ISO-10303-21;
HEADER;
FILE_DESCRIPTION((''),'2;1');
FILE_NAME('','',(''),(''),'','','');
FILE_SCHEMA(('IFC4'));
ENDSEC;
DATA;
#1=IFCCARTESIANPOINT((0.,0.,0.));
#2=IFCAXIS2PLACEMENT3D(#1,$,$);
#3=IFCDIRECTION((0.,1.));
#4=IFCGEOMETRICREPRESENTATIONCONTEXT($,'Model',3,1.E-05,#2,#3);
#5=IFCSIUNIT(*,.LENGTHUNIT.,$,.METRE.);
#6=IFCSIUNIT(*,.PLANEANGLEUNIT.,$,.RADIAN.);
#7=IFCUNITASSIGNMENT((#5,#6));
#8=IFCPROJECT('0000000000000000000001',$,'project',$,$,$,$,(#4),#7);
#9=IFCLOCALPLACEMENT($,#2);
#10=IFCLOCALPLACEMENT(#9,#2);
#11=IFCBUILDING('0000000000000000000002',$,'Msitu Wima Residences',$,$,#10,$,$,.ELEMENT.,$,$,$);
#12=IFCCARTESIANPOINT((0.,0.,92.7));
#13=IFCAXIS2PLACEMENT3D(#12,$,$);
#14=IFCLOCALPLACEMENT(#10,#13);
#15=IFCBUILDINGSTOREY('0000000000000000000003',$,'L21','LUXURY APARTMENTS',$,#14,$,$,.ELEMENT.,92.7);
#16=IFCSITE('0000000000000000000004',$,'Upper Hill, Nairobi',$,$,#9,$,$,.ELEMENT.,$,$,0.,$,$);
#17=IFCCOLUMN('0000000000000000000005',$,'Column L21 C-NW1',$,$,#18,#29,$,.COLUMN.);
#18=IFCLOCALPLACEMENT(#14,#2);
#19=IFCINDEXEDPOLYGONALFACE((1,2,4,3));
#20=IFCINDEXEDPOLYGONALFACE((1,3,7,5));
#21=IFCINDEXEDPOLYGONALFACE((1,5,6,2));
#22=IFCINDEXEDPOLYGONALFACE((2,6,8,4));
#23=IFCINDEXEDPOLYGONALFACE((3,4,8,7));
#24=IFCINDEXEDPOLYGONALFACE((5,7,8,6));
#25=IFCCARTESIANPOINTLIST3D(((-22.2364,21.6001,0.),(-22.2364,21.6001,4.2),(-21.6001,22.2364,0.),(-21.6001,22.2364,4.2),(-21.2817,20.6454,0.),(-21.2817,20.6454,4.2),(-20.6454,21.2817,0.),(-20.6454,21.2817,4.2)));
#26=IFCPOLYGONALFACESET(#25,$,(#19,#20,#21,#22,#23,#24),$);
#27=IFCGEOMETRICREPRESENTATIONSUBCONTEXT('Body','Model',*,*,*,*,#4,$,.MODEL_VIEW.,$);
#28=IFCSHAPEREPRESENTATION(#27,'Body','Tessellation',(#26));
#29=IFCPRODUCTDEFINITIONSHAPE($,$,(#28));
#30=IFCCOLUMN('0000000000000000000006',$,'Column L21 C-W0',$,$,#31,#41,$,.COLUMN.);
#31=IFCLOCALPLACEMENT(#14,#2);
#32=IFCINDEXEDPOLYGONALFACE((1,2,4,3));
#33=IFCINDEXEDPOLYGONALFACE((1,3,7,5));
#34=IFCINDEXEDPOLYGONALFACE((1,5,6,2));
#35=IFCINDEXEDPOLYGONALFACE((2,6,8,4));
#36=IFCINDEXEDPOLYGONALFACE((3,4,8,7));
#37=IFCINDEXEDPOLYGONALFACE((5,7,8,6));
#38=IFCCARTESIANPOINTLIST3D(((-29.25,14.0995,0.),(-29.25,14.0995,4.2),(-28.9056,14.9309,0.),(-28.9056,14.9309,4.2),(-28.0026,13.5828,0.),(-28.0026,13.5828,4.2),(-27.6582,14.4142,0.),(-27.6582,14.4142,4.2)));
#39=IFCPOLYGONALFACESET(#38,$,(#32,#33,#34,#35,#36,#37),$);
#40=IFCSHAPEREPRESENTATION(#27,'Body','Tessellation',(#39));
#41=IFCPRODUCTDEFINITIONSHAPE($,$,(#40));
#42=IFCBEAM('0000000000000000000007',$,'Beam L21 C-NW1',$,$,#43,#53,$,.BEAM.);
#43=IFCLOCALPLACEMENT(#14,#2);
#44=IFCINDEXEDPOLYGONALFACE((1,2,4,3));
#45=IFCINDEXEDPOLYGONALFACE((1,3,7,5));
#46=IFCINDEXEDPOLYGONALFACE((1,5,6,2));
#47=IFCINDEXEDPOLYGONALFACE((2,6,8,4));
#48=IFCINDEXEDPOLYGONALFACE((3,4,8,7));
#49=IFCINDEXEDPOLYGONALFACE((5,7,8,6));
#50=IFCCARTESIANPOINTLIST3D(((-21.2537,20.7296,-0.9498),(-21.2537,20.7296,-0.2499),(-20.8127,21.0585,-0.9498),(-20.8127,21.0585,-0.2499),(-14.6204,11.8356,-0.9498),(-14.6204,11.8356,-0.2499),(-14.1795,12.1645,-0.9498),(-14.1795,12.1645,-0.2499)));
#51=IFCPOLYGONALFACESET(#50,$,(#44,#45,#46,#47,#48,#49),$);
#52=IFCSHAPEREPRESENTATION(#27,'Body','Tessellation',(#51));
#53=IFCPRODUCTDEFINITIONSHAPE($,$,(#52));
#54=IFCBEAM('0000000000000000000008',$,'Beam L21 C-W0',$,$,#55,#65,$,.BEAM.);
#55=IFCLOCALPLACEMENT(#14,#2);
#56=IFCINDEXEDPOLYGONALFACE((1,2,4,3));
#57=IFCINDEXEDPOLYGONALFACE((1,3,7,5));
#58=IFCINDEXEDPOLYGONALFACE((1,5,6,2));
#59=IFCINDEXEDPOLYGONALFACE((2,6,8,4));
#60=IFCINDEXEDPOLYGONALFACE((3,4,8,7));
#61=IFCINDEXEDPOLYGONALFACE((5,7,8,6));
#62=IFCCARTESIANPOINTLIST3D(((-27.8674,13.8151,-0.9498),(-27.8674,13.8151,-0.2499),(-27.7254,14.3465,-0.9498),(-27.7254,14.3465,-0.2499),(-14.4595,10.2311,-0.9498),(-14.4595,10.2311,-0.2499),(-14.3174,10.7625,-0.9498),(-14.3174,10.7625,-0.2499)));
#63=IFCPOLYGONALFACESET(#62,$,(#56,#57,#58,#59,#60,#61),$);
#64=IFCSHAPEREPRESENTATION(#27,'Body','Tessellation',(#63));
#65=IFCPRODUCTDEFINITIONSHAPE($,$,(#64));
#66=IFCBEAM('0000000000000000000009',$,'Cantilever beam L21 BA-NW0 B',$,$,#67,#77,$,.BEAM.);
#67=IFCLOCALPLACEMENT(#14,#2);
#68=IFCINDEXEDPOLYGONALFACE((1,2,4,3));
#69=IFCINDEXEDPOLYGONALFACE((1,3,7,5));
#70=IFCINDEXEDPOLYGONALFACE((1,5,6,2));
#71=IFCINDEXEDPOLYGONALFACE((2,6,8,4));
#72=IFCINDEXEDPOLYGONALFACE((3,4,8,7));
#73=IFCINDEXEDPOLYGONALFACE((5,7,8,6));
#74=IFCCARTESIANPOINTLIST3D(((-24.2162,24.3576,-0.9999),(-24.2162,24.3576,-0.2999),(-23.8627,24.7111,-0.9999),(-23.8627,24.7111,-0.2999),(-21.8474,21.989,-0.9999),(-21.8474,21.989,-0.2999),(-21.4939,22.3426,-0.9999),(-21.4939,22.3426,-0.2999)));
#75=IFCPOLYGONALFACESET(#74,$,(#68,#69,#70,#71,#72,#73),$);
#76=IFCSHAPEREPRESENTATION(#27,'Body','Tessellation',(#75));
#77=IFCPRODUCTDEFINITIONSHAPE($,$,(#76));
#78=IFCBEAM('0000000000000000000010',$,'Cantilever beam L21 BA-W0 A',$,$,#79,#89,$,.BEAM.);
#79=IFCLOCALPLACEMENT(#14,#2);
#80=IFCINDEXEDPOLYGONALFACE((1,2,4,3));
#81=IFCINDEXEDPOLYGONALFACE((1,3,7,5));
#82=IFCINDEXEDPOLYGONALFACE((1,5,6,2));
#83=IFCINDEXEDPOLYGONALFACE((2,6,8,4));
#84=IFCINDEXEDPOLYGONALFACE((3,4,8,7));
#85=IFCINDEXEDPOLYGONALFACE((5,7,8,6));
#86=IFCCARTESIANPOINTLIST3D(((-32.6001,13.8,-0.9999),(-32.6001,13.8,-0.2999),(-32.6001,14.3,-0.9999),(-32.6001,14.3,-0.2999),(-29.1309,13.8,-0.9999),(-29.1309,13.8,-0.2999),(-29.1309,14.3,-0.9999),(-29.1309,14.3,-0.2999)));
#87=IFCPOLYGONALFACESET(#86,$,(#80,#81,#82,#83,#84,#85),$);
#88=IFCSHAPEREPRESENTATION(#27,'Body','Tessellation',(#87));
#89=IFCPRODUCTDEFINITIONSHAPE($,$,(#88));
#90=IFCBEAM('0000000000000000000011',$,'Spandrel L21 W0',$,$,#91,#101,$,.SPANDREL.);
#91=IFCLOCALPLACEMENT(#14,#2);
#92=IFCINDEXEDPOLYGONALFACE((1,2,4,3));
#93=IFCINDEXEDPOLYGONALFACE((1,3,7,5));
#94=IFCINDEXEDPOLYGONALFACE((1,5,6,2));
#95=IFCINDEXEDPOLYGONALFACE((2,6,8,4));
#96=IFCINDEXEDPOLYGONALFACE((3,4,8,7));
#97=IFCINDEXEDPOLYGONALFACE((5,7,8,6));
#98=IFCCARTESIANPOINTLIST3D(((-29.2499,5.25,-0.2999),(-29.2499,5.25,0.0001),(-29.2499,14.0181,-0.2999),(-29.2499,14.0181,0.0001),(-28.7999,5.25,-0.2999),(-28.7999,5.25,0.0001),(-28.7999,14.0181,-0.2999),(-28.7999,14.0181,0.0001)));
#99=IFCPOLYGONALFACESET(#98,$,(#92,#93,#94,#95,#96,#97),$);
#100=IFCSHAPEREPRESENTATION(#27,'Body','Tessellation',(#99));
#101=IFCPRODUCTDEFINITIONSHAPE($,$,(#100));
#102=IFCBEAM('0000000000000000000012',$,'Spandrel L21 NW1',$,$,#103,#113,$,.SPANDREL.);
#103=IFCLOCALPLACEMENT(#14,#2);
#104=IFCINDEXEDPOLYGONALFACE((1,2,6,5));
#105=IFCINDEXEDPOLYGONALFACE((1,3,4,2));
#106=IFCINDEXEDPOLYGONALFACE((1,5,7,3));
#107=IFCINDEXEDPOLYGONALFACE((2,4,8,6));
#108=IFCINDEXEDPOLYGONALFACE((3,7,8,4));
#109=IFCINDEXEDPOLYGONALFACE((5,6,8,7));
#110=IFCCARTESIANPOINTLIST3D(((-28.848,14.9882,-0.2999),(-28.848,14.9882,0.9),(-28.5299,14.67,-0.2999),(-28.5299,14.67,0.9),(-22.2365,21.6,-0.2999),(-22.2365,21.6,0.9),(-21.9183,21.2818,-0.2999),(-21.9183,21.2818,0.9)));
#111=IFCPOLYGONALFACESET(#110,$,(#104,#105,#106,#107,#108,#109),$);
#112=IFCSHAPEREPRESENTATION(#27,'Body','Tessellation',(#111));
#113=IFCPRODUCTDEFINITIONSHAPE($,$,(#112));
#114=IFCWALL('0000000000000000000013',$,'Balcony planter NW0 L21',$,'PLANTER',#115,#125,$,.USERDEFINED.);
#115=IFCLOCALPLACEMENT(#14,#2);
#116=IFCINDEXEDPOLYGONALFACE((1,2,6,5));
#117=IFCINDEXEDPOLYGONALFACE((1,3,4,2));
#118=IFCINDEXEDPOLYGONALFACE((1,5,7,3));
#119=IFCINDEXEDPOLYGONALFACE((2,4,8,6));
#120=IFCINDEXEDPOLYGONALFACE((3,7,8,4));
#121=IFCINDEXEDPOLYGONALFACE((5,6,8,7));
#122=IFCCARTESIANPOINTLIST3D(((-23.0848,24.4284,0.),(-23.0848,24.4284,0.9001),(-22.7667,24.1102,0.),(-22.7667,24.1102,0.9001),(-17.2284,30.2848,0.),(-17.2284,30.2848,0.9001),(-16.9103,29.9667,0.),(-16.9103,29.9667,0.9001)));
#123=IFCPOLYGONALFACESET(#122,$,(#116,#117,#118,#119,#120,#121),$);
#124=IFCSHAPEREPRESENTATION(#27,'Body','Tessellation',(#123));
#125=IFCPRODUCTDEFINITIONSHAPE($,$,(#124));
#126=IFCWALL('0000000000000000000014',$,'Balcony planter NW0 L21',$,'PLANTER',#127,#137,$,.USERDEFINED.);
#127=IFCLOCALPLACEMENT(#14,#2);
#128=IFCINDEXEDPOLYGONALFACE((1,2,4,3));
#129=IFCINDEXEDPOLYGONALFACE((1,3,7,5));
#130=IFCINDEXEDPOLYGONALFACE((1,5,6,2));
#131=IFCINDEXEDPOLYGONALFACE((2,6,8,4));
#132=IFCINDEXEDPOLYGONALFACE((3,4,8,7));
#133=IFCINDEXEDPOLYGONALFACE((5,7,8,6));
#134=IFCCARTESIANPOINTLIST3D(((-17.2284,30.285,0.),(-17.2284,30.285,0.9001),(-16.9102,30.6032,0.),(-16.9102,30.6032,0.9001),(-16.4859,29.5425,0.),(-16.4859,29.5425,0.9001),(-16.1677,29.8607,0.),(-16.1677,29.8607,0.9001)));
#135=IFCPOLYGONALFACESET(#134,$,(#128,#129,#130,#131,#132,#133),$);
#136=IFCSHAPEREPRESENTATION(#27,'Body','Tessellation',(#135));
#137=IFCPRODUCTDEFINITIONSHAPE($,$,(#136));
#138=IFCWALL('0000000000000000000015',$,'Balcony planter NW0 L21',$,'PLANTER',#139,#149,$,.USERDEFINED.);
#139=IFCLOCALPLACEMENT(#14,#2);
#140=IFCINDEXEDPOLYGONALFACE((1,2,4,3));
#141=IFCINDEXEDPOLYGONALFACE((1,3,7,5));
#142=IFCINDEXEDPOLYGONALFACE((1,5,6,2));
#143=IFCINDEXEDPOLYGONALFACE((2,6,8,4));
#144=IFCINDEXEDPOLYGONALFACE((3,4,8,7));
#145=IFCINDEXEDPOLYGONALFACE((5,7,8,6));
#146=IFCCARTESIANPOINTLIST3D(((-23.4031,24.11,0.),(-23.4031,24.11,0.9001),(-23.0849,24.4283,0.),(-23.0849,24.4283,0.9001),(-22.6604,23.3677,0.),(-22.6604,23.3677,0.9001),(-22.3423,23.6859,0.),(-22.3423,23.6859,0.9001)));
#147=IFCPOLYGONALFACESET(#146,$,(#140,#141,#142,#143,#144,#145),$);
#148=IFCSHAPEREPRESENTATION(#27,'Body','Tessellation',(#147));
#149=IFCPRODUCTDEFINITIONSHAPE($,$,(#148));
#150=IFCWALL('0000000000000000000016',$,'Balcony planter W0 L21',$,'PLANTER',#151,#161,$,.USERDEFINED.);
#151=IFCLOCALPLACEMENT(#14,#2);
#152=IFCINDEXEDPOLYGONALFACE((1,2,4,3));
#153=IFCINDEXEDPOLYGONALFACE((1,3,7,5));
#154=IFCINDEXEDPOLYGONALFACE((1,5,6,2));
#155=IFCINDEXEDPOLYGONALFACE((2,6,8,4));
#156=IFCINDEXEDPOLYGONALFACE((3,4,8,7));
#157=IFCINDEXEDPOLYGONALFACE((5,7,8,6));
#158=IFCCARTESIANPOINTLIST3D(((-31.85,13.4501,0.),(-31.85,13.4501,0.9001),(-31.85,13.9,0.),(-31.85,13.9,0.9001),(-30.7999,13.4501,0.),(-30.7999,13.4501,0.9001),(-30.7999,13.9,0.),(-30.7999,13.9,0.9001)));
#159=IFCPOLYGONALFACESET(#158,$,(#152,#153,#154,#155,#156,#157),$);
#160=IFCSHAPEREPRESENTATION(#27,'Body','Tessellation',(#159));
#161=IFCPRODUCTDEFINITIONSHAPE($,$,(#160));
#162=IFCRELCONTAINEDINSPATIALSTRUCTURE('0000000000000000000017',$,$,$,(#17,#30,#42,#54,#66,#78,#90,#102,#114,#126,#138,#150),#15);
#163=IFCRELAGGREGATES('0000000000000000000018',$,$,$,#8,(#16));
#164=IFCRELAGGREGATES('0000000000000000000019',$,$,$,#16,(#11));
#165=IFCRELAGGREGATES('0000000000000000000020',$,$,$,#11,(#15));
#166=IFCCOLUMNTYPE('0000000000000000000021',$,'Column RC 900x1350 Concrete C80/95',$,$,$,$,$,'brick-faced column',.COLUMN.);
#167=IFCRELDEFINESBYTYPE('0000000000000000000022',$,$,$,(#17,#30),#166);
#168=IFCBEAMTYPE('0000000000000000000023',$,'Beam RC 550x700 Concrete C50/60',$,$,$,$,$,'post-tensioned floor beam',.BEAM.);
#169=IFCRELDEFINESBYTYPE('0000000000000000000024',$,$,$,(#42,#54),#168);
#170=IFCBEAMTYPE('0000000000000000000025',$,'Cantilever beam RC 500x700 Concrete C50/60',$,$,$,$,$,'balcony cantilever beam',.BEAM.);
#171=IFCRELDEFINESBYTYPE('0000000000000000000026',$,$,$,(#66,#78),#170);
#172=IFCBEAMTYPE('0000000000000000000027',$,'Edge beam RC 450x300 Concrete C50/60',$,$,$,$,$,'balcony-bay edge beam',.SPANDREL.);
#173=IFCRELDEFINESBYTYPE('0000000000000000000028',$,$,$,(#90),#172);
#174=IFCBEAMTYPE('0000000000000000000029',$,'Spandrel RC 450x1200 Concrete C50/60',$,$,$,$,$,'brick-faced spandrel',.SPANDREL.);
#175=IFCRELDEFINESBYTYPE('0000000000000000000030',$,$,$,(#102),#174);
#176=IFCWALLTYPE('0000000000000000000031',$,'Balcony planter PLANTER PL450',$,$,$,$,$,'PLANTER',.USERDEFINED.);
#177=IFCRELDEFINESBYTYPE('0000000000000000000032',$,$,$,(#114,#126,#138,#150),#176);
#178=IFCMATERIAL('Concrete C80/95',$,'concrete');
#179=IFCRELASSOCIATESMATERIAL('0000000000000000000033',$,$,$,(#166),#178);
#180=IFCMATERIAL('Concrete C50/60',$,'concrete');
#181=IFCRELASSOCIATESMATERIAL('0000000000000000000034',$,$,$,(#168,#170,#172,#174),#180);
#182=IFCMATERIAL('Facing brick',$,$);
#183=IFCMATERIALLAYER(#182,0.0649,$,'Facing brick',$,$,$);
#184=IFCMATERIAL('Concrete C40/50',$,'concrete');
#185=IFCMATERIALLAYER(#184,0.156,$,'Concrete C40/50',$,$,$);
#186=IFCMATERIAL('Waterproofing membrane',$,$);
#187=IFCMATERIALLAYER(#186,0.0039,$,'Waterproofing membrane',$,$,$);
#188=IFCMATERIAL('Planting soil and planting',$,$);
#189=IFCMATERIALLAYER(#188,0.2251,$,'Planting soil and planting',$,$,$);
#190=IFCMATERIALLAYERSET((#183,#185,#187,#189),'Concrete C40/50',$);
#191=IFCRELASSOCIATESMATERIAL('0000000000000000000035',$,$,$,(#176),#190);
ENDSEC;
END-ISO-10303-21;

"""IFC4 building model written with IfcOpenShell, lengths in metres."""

from ifc_helpers import new_model, si_unit, direction, frame, frame_2d, origin, origin_2d, place, context, subcontext, project, spatial, rectangle, extrude, material, layer, layer_set, material_profile, profile_set, type_object, element, save


model = new_model("IFC4")

# Units and contexts
model_context = context("Model", 3, precision=1e-05, world=origin(), true_north=direction((0.0, 1.0)))
body_context = subcontext(model_context, "Body", "Model", "MODEL_VIEW")
ifc_project = project(units=[si_unit("LENGTHUNIT", "METRE"), si_unit("PLANEANGLEUNIT", "RADIAN")], contexts=[model_context])

# Site, building, storey
site_placement = place(None, origin())
site = spatial("IfcSite", under=ifc_project, at=site_placement, Name="Upper Hill, Nairobi", CompositionType="ELEMENT", RefElevation=0.0)
building_placement = place(site_placement, origin())
building = spatial("IfcBuilding", under=site, at=building_placement, Name="Msitu Wima Residences", CompositionType="ELEMENT")
storey_placement = place(building_placement, frame((0.0, 0.0, 92.7)))
storey = spatial("IfcBuildingStorey", under=building, at=storey_placement, Name="L21", Description="LUXURY APARTMENTS", CompositionType="ELEMENT", Elevation=92.7)

# Columns
ifc_material_1 = material(Name="Concrete C80/95", Category="concrete")
ifc_material_profile_1 = material_profile(ifc_material_1, rectangle(XDim=0.8999, YDim=1.3501, at=origin_2d()), Name="RC 900x1350")
ifc_profile_set_1 = profile_set([ifc_material_profile_1], Name="Concrete C80/95")
column_type = type_object("IfcColumnType", Name="Column RC 900x1350 Concrete C80/95", ElementType="brick-faced column", PredefinedType="COLUMN", material=ifc_profile_set_1)
for number, where, z_axis, x_axis, name in (
    (1, (-21.4409, 21.4409, 0.0), (0.0, 0.0, 1.0), (-0.707107, -0.707107, 0.0), "Column L21 C-NW1"),
    (2, (-28.4541, 14.2568, 0.0), (0.0, 0.0, 1.0), (-0.382683, -0.92388, 0.0), "Column L21 C-W0"),
):
    element("IfcColumn", number, at=place(storey_placement, frame(where, z_axis=z_axis, x_axis=x_axis)), inside=storey, type_object=column_type, Name=name, PredefinedType="COLUMN", context=body_context, shape_type="SweptSolid", body=[
        extrude(rectangle(XDim=0.8999, YDim=1.3501, at=origin_2d()), origin(), (0.0, 0.0, 1.0), 4.2),
    ])

# Beams
ifc_material_2 = material(Name="Concrete C50/60", Category="concrete")
ifc_material_profile_2 = material_profile(ifc_material_2, rectangle(XDim=0.55, YDim=0.7, at=origin_2d()), Name="RC 550x700")
ifc_profile_set_2 = profile_set([ifc_material_profile_2], Name="Concrete C50/60")
beam_type_1 = type_object("IfcBeamType", Name="Beam RC 550x700 Concrete C50/60", ElementType="post-tensioned floor beam", PredefinedType="BEAM", material=ifc_profile_set_2)
beam_1_placement = place(storey_placement, frame((-21.0332, 20.894, -0.5999), z_axis=(0.59785, -0.801608, 0.0), x_axis=(0.801608, 0.59785, 0.0)))
element("IfcBeam", 3, at=beam_1_placement, inside=storey, type_object=beam_type_1, Name="Beam L21 C-NW1", PredefinedType="BEAM", context=body_context, shape_type="SweptSolid", body=[
    extrude(rectangle(XDim=0.55, YDim=0.7, at=origin_2d()), origin(), (0.0, 0.0, 1.0), 11.0952),
])
beam_2_placement = place(storey_placement, frame((-27.7964, 14.0808, -0.5999), z_axis=(0.966082, -0.258236, 0.0), x_axis=(0.258236, 0.966082, 0.0)))
element("IfcBeam", 4, at=beam_2_placement, inside=storey, type_object=beam_type_1, Name="Beam L21 C-W0", PredefinedType="BEAM", context=body_context, shape_type="SweptSolid", body=[
    extrude(rectangle(XDim=0.55, YDim=0.7, at=origin_2d()), origin(), (0.0, 0.0, 1.0), 13.8787),
])
ifc_material_profile_3 = material_profile(ifc_material_2, rectangle(XDim=0.5, YDim=0.7, at=origin_2d()), Name="RC 500x700")
ifc_profile_set_3 = profile_set([ifc_material_profile_3], Name="Concrete C50/60")
beam_type_2 = type_object("IfcBeamType", Name="Cantilever beam RC 500x700 Concrete C50/60", ElementType="balcony cantilever beam", PredefinedType="BEAM", material=ifc_profile_set_3)
beam_3_placement = place(storey_placement, frame((-21.6707, 22.1658, -0.6499), z_axis=(-0.707143, 0.70707, 0.0), x_axis=(-0.70707, -0.707143, 0.0)))
element("IfcBeam", 5, at=beam_3_placement, inside=storey, type_object=beam_type_2, Name="Cantilever beam L21 BA-NW0 B", PredefinedType="BEAM", context=body_context, shape_type="SweptSolid", body=[
    extrude(rectangle(XDim=0.5, YDim=0.7, at=origin_2d()), origin(), (0.0, 0.0, 1.0), 3.3499),
])
beam_4_placement = place(storey_placement, frame((-29.1309, 14.05, -0.6499), z_axis=(-1.0, 0.0, 0.0), x_axis=(0.0, -1.0, 0.0)))
element("IfcBeam", 6, at=beam_4_placement, inside=storey, type_object=beam_type_2, Name="Cantilever beam L21 BA-W0 A", PredefinedType="BEAM", context=body_context, shape_type="SweptSolid", body=[
    extrude(rectangle(XDim=0.5, YDim=0.7, at=origin_2d()), origin(), (0.0, 0.0, 1.0), 3.4692),
])
ifc_material_profile_4 = material_profile(ifc_material_2, rectangle(XDim=0.45, YDim=0.3, at=origin_2d()), Name="RC 450x300")
ifc_profile_set_4 = profile_set([ifc_material_profile_4], Name="Concrete C50/60")
beam_type_3 = type_object("IfcBeamType", Name="Edge beam RC 450x300 Concrete C50/60", ElementType="balcony-bay edge beam", PredefinedType="SPANDREL", material=ifc_profile_set_4)
beam_5_placement = place(storey_placement, frame((-29.0249, 14.0181, -0.1499), z_axis=(0.0, -1.0, 0.0), x_axis=(1.0, 0.0, 0.0)))
element("IfcBeam", 7, at=beam_5_placement, inside=storey, type_object=beam_type_3, Name="Spandrel L21 W0", PredefinedType="SPANDREL", context=body_context, shape_type="SweptSolid", body=[
    extrude(rectangle(XDim=0.45, YDim=0.3, at=origin_2d()), origin(), (0.0, 0.0, 1.0), 8.7681),
])
ifc_material_profile_5 = material_profile(ifc_material_2, rectangle(XDim=0.45, YDim=1.2, at=origin_2d()), Name="RC 450x1200")
ifc_profile_set_5 = profile_set([ifc_material_profile_5], Name="Concrete C50/60")
beam_type_4 = type_object("IfcBeamType", Name="Spandrel RC 450x1200 Concrete C50/60", ElementType="brick-faced spandrel", PredefinedType="SPANDREL", material=ifc_profile_set_5)
beam_6_placement = place(storey_placement, frame((-22.0774, 21.4409, 0.3), z_axis=(-0.707094, -0.70712, 0.0), x_axis=(0.70712, -0.707094, 0.0)))
element("IfcBeam", 8, at=beam_6_placement, inside=storey, type_object=beam_type_4, Name="Spandrel L21 NW1", PredefinedType="SPANDREL", context=body_context, shape_type="SweptSolid", body=[
    extrude(rectangle(XDim=0.45, YDim=1.2, at=origin_2d()), origin(), (0.0, 0.0, 1.0), 9.3503),
])

# Walls
ifc_material_3 = material(Name="Facing brick")
ifc_layer_1 = layer(ifc_material_3, 0.0649, Name="Facing brick")
ifc_material_4 = material(Name="Concrete C40/50", Category="concrete")
ifc_layer_2 = layer(ifc_material_4, 0.156, Name="Concrete C40/50")
ifc_material_5 = material(Name="Waterproofing membrane")
ifc_layer_3 = layer(ifc_material_5, 0.0039, Name="Waterproofing membrane")
ifc_material_6 = material(Name="Planting soil and planting")
ifc_layer_4 = layer(ifc_material_6, 0.2251, Name="Planting soil and planting")
ifc_layer_set_1 = layer_set([ifc_layer_1, ifc_layer_2, ifc_layer_3, ifc_layer_4], Name="Concrete C40/50")
wall_type_1 = type_object("IfcWallType", Name="Balcony planter PLANTER PL450", ElementType="PLANTER", PredefinedType="USERDEFINED", material=ifc_layer_set_1)
wall_1_placement = place(storey_placement, frame((-17.0693, 30.1257, 0.0), z_axis=(0.0, 0.0, 1.0), x_axis=(-0.707107, -0.707107, 0.0)))
element("IfcWall", 9, at=wall_1_placement, inside=storey, type_object=wall_type_1, Name="Balcony planter NW0 L21", ObjectType="PLANTER", PredefinedType="USERDEFINED", context=body_context, shape_type="SweptSolid", body=[
    extrude(rectangle(XDim=8.2822, YDim=0.45, at=frame_2d((4.1411, 0.0))), origin(), (0.0, 0.0, 1.0), 0.9001),
])
for number, where, z_axis, x_axis, name in (
    (10, (-16.3269, 29.7017, 0.0), (0.0, 0.0, 1.0), (-0.707107, 0.707107, 0.0), "Balcony planter NW0 L21"),
    (11, (-22.5015, 23.5269, 0.0), (0.0, 0.0, 1.0), (-0.707223, 0.706991, 0.0), "Balcony planter NW0 L21"),
    (12, (-30.8, 13.675, 0.0), (0.0, 0.0, 1.0), (-1.0, 0.0, 0.0), "Balcony planter W0 L21"),
):
    element("IfcWall", number, at=place(storey_placement, frame(where, z_axis=z_axis, x_axis=x_axis)), inside=storey, type_object=wall_type_1, Name=name, ObjectType="PLANTER", PredefinedType="USERDEFINED", context=body_context, shape_type="SweptSolid", body=[
        extrude(rectangle(XDim=1.05, YDim=0.45, at=frame_2d((0.5249, 0.0))), origin(), (0.0, 0.0, 1.0), 0.9001),
    ])

save(model, "model.ifc")
